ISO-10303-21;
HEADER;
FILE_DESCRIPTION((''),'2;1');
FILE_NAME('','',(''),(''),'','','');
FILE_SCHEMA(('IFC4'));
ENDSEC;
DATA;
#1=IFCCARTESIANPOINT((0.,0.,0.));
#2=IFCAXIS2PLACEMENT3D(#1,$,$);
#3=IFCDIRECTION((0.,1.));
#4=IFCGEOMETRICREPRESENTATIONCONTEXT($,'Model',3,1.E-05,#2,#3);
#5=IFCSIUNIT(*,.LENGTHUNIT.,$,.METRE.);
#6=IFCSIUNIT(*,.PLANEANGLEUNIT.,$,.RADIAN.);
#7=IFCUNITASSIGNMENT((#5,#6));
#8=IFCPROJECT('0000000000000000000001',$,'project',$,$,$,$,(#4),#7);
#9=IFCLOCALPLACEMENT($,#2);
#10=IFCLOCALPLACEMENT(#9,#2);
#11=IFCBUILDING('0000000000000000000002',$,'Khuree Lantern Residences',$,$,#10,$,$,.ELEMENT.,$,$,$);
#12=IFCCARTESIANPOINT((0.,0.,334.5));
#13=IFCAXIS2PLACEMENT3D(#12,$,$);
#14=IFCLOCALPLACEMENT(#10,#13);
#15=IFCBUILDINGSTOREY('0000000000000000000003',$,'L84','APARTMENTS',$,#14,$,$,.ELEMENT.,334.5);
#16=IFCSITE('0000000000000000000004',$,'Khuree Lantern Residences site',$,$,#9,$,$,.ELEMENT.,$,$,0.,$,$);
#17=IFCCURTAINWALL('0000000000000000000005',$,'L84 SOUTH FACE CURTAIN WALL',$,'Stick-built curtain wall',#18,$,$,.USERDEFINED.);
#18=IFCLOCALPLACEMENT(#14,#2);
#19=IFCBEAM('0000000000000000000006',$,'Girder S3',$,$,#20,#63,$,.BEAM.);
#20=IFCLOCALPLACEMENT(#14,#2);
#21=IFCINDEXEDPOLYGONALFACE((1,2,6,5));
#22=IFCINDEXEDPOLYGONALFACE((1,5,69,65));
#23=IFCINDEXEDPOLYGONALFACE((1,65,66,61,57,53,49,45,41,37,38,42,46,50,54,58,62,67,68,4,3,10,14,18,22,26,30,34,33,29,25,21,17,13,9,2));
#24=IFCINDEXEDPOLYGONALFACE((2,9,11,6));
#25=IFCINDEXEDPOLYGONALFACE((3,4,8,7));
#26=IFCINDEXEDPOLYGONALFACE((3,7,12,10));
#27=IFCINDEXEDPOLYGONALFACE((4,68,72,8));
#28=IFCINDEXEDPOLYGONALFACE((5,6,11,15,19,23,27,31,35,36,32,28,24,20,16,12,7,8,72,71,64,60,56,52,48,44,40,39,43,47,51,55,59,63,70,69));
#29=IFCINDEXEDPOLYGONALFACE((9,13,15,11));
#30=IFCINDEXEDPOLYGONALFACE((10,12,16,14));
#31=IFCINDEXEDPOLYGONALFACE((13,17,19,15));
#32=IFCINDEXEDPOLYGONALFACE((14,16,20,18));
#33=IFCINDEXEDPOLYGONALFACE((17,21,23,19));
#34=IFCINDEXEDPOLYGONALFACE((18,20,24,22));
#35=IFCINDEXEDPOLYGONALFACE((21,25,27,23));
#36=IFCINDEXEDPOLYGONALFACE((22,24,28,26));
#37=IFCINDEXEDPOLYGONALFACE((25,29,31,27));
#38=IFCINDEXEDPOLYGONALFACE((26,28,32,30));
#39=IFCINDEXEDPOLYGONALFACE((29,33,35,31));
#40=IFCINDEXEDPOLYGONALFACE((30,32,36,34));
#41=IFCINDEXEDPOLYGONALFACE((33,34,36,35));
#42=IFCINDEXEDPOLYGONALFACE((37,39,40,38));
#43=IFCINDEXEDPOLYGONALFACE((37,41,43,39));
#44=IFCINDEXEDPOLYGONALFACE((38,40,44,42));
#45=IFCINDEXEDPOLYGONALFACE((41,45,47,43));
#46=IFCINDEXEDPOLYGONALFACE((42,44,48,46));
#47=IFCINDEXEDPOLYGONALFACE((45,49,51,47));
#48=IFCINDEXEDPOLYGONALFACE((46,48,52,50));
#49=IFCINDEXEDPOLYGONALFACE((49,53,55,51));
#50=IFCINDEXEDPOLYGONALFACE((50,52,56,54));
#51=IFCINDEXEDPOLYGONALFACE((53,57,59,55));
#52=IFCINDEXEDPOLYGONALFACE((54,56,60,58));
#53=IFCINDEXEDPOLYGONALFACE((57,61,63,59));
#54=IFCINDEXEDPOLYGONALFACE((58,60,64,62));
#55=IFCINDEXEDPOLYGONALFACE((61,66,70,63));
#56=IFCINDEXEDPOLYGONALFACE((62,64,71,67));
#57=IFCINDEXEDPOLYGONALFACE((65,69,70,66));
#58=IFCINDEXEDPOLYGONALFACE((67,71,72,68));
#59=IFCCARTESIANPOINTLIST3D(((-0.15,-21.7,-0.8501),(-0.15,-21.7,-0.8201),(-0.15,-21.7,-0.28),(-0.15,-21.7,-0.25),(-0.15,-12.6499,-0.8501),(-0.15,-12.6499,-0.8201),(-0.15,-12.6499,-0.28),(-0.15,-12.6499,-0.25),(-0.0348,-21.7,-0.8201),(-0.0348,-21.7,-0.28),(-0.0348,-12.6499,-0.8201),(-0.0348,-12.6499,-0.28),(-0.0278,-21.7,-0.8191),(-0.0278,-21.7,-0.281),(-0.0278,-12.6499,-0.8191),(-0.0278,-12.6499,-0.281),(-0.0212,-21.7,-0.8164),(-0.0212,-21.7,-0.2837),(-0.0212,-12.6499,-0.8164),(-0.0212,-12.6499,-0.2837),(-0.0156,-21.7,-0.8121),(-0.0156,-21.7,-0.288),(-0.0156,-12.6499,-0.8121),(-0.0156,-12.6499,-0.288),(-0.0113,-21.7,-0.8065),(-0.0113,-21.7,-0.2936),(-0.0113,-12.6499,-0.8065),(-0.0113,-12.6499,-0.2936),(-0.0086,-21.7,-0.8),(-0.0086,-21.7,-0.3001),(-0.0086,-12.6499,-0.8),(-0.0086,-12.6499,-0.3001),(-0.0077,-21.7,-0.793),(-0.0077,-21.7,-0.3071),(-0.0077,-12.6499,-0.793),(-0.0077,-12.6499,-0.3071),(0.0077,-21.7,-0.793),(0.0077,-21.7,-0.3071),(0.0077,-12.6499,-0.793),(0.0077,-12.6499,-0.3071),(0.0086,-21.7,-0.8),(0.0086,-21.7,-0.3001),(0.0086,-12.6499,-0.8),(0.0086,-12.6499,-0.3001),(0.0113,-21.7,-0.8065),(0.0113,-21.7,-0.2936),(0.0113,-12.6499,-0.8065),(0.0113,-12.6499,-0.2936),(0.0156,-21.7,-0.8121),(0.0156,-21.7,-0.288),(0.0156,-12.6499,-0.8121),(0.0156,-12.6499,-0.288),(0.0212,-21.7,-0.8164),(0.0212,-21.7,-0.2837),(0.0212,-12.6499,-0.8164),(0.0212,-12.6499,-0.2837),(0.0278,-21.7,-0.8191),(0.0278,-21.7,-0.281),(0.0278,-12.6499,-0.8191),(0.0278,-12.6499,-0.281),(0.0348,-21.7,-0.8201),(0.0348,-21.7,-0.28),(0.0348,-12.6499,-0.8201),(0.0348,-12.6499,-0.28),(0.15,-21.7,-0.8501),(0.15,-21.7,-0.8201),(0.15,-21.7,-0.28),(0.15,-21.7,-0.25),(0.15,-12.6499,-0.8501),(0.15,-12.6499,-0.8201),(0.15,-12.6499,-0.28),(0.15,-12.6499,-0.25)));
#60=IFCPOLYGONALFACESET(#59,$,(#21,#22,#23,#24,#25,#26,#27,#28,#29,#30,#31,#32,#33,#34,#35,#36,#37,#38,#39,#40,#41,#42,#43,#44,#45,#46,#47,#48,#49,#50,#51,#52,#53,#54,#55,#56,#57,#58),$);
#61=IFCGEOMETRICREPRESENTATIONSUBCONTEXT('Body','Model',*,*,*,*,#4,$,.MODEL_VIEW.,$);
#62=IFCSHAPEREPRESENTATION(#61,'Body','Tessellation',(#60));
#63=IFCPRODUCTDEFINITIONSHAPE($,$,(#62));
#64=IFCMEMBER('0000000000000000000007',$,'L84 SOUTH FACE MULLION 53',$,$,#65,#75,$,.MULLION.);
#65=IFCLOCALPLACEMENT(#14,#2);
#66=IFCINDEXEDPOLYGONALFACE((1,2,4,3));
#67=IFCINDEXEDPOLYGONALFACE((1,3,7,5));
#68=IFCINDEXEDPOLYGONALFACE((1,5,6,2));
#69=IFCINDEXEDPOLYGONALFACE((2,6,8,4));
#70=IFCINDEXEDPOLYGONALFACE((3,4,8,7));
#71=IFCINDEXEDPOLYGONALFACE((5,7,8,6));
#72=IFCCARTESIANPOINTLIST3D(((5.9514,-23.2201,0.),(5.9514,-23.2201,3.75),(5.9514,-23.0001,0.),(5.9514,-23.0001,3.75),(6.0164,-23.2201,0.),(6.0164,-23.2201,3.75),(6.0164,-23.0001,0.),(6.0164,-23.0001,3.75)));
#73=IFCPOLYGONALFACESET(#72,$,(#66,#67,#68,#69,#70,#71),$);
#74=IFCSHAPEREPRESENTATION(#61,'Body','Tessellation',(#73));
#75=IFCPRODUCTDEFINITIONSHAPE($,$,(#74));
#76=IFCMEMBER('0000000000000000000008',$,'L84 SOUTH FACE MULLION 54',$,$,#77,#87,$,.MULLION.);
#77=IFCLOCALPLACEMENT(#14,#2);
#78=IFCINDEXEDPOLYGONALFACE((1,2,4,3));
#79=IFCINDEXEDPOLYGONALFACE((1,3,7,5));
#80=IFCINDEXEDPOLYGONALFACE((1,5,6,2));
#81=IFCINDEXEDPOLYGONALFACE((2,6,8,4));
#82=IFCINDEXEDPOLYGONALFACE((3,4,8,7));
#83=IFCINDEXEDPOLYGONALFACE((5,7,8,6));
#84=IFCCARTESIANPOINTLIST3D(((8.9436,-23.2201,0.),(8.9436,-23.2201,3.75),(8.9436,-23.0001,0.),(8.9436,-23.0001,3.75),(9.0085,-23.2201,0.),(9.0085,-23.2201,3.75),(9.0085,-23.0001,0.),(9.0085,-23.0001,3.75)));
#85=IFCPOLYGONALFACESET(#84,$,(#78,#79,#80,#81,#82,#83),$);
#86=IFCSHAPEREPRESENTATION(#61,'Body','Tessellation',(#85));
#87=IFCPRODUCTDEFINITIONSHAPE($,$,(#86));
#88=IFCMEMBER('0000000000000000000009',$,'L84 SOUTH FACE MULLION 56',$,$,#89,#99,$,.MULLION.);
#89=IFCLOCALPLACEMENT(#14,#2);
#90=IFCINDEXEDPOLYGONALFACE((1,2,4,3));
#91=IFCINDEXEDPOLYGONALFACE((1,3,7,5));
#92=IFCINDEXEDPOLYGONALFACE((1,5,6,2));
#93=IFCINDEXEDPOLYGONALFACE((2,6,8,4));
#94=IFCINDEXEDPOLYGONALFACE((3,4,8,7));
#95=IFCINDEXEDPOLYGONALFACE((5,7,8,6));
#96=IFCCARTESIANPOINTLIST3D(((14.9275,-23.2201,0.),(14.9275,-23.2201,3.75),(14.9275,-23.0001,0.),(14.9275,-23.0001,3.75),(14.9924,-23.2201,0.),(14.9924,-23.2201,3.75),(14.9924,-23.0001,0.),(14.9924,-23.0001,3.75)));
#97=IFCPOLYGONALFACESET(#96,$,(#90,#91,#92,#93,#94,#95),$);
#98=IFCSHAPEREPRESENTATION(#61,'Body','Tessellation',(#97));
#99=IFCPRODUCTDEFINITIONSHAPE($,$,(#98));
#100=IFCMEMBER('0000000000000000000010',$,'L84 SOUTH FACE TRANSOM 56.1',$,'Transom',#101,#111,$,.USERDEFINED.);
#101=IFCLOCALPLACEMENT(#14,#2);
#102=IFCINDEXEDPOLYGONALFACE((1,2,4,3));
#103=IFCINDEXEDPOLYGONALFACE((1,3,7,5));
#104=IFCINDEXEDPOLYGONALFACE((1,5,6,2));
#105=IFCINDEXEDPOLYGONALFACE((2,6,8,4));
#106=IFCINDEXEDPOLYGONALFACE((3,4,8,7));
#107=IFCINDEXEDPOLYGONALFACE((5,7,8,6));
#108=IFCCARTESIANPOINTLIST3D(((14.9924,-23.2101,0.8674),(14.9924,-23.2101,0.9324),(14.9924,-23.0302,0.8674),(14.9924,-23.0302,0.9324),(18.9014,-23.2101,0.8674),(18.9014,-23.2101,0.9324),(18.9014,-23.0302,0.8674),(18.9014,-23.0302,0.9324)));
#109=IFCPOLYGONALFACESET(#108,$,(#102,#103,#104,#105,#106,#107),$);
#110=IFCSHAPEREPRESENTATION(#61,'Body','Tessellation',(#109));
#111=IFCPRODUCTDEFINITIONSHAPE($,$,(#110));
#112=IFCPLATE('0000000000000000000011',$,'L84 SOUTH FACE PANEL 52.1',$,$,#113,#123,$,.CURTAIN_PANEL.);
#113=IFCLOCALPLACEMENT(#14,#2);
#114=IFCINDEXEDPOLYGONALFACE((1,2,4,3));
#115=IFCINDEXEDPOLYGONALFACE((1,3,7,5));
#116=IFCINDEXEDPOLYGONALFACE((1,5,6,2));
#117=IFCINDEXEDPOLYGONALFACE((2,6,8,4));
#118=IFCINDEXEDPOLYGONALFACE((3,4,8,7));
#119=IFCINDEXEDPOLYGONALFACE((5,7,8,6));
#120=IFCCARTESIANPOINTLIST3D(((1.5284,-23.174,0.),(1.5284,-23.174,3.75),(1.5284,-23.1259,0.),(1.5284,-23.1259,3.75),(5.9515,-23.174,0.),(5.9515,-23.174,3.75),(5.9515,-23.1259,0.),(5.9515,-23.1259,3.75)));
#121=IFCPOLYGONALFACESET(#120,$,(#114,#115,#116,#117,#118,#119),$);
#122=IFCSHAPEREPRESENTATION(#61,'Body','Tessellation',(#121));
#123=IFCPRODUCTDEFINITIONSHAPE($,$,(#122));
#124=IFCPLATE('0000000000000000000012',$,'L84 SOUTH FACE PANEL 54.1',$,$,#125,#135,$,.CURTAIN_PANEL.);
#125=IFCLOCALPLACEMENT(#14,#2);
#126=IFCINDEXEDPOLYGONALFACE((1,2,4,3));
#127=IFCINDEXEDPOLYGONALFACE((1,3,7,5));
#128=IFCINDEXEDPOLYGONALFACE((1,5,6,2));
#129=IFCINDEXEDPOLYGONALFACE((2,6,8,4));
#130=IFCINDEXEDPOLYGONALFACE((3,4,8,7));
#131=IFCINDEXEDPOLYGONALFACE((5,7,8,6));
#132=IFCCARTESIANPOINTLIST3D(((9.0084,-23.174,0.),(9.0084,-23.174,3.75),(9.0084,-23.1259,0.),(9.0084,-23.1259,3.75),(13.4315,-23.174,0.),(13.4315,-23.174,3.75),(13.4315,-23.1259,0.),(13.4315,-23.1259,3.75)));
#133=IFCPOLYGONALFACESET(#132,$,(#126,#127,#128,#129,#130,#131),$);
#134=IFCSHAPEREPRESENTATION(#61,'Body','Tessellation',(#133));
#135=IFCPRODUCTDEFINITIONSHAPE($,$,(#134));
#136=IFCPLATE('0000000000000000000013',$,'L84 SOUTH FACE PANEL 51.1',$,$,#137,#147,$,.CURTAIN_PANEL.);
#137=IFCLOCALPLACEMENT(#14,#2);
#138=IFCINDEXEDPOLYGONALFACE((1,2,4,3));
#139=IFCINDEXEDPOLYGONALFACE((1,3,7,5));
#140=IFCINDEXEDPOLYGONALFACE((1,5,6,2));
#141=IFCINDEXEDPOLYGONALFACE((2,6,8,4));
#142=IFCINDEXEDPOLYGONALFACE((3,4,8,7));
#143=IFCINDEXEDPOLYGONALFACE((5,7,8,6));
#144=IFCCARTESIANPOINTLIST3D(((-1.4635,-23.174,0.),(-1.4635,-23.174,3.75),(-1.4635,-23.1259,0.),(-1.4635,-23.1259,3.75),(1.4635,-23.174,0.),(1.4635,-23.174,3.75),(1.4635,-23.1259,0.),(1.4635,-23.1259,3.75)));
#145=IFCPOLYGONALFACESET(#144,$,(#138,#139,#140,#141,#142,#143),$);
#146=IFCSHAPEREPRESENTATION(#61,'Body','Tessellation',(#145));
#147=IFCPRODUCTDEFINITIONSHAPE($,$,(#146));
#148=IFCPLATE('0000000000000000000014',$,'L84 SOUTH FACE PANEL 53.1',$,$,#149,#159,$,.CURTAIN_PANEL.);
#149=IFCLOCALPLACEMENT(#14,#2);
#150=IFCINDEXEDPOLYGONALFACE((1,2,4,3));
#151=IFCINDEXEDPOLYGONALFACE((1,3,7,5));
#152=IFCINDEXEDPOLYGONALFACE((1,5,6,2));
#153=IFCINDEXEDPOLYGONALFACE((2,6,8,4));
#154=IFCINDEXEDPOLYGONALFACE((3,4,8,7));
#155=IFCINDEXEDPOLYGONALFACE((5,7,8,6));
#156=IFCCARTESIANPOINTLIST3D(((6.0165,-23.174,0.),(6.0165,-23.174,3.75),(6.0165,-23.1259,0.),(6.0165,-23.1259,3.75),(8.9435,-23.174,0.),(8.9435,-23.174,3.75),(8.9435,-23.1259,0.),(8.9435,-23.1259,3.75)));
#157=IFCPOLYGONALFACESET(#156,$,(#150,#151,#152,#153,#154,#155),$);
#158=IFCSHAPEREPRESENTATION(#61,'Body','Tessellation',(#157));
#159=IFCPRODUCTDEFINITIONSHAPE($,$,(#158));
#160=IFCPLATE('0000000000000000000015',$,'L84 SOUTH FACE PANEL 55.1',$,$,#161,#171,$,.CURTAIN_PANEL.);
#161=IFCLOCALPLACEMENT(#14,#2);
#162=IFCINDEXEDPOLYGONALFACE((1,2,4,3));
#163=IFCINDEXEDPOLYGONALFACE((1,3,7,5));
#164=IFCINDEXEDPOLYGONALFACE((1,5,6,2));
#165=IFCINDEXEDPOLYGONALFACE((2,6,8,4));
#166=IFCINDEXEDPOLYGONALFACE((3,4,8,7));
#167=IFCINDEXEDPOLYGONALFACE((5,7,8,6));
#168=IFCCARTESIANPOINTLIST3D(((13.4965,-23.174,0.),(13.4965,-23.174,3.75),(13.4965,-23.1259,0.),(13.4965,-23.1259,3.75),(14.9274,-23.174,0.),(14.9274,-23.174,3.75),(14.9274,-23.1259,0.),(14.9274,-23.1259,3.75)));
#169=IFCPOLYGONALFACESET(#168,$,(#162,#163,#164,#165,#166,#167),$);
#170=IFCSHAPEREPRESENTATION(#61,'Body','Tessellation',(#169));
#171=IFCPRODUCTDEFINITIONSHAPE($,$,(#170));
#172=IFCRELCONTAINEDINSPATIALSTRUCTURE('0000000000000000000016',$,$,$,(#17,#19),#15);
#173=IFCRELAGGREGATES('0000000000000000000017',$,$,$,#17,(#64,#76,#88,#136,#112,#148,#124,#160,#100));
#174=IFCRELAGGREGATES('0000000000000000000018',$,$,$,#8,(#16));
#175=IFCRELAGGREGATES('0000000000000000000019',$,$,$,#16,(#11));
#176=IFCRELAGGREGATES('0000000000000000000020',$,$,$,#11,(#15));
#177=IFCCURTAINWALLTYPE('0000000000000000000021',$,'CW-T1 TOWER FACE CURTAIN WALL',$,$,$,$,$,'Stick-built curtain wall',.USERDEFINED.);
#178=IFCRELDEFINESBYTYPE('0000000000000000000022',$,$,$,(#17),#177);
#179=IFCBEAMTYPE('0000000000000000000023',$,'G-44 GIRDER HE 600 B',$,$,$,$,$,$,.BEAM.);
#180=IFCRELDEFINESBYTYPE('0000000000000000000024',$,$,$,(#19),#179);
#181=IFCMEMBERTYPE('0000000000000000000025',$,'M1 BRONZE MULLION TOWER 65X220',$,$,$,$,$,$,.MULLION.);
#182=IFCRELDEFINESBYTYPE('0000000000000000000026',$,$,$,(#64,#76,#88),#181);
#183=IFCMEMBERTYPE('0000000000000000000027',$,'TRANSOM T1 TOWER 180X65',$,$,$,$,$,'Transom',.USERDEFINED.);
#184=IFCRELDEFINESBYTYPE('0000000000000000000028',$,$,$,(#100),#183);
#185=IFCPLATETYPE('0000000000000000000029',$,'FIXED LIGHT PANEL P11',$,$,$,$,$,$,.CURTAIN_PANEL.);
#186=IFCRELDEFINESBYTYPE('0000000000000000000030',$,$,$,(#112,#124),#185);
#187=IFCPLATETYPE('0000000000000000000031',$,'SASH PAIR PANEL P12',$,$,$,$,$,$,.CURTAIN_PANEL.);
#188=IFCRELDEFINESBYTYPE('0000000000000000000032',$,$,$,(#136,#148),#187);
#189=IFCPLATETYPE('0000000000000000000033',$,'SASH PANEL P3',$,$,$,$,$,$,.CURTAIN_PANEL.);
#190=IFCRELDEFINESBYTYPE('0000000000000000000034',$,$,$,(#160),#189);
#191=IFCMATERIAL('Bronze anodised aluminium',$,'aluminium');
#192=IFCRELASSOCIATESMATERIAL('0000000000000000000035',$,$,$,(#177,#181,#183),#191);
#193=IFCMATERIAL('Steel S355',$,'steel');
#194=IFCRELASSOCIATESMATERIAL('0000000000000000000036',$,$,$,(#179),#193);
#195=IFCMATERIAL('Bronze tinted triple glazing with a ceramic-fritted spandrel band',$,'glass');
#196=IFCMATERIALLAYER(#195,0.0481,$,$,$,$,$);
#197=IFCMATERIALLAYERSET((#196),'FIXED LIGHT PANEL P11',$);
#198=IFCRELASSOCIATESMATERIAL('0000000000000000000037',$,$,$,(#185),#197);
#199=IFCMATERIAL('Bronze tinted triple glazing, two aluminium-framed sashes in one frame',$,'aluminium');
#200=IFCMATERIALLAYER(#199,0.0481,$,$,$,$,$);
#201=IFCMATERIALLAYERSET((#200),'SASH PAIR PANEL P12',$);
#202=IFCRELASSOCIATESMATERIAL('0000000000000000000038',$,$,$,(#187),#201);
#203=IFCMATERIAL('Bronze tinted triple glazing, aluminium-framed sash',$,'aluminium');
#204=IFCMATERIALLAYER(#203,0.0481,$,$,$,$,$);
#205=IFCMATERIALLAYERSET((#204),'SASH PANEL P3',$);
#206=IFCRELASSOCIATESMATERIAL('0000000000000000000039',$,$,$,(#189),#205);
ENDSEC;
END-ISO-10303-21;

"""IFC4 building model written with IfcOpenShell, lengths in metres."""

from ifc_helpers import new_model, si_unit, direction, frame, origin, origin_2d, place, context, subcontext, project, spatial, rectangle, i_section, extrude, material, layer, layer_set, material_profile, profile_set, type_object, element, aggregate, save


model = new_model("IFC4")

# Units and contexts
model_context = context("Model", 3, precision=1e-05, world=origin(), true_north=direction((0.0, 1.0)))
body_context = subcontext(model_context, "Body", "Model", "MODEL_VIEW")
ifc_project = project(units=[si_unit("LENGTHUNIT", "METRE"), si_unit("PLANEANGLEUNIT", "RADIAN")], contexts=[model_context])

# Site, building, storey
site_placement = place(None, origin())
site = spatial("IfcSite", under=ifc_project, at=site_placement, Name="Khuree Lantern Residences site", CompositionType="ELEMENT", RefElevation=0.0)
building_placement = place(site_placement, origin())
building = spatial("IfcBuilding", under=site, at=building_placement, Name="Khuree Lantern Residences", CompositionType="ELEMENT")
storey_placement = place(building_placement, frame((0.0, 0.0, 334.5)))
storey = spatial("IfcBuildingStorey", under=building, at=storey_placement, Name="L84", Description="APARTMENTS", CompositionType="ELEMENT", Elevation=334.5)

# Shared definitions
ifc_material_1 = material(Name="Steel S355", Category="steel")

# Curtain wall
ifc_material_2 = material(Name="Bronze anodised aluminium", Category="aluminium")
curtain_wall_type = type_object("IfcCurtainWallType", Name="CW-T1 TOWER FACE CURTAIN WALL", ElementType="Stick-built curtain wall", PredefinedType="USERDEFINED", material=ifc_material_2)
curtain_wall_placement = place(storey_placement, origin())
curtain_wall = element("IfcCurtainWall", 1, at=curtain_wall_placement, inside=storey, type_object=curtain_wall_type, Name="L84 SOUTH FACE CURTAIN WALL", ObjectType="Stick-built curtain wall", PredefinedType="USERDEFINED")

# Beam
ifc_material_profile_1 = material_profile(ifc_material_1, i_section(OverallWidth=0.3, OverallDepth=0.6001, WebThickness=0.0154, FlangeThickness=0.03, FilletRadius=0.0271, at=origin_2d()), Name="HE 600 B")
ifc_profile_set_1 = profile_set([ifc_material_profile_1], Name="Steel S355")
beam_type_1 = type_object("IfcBeamType", Name="G-44 GIRDER HE 600 B", PredefinedType="BEAM", material=ifc_profile_set_1)
for number, where, z_axis, x_axis, name in (
    (2, (0.0, -21.7, -0.55), (0.0, 1.0, 0.0), (-1.0, 0.0, 0.0), "Girder S3"),
):
    element("IfcBeam", number, at=place(storey_placement, frame(where, z_axis=z_axis, x_axis=x_axis)), inside=storey, type_object=beam_type_1, Name=name, PredefinedType="BEAM", context=body_context, shape_type="SweptSolid", body=[
        extrude(i_section(OverallWidth=0.3, OverallDepth=0.6001, WebThickness=0.0154, FlangeThickness=0.03, FilletRadius=0.0271, at=origin_2d()), origin(), (0.0, 0.0, 1.0), 9.05),
    ])

# Members
ifc_material_profile_2 = material_profile(ifc_material_2, rectangle(XDim=0.0649, YDim=0.22, at=origin_2d()), Name="M1 65X220")
ifc_profile_set_2 = profile_set([ifc_material_profile_2], Name="Bronze anodised aluminium")
member_type_1 = type_object("IfcMemberType", Name="M1 BRONZE MULLION TOWER 65X220", PredefinedType="MULLION", material=ifc_profile_set_2)
member_1_placement = place(storey_placement, frame((5.9839, -23.1101, 0.0), z_axis=(0.0, 0.0, 1.0), x_axis=(1.0, 0.0, 0.0)))
member_1 = element("IfcMember", 3, at=member_1_placement, type_object=member_type_1, Name="L84 SOUTH FACE MULLION 53", PredefinedType="MULLION", context=body_context, shape_type="SweptSolid", body=[
    extrude(rectangle(XDim=0.0649, YDim=0.22, at=origin_2d()), origin(), (0.0, 0.0, 1.0), 3.75),
])
member_2_placement = place(storey_placement, frame((8.9761, -23.1101, 0.0), z_axis=(0.0, 0.0, 1.0), x_axis=(1.0, 0.0, 0.0)))
member_2 = element("IfcMember", 4, at=member_2_placement, type_object=member_type_1, Name="L84 SOUTH FACE MULLION 54", PredefinedType="MULLION", context=body_context, shape_type="SweptSolid", body=[
    extrude(rectangle(XDim=0.0649, YDim=0.22, at=origin_2d()), origin(), (0.0, 0.0, 1.0), 3.75),
])
member_3_placement = place(storey_placement, frame((14.96, -23.1101, 0.0), z_axis=(0.0, 0.0, 1.0), x_axis=(1.0, 0.0, 0.0)))
member_3 = element("IfcMember", 5, at=member_3_placement, type_object=member_type_1, Name="L84 SOUTH FACE MULLION 56", PredefinedType="MULLION", context=body_context, shape_type="SweptSolid", body=[
    extrude(rectangle(XDim=0.0649, YDim=0.22, at=origin_2d()), origin(), (0.0, 0.0, 1.0), 3.75),
])
ifc_material_profile_3 = material_profile(ifc_material_2, rectangle(XDim=0.1799, YDim=0.0649, at=origin_2d()), Name="T1 180X65")
ifc_profile_set_3 = profile_set([ifc_material_profile_3], Name="Bronze anodised aluminium")
member_type_2 = type_object("IfcMemberType", Name="TRANSOM T1 TOWER 180X65", ElementType="Transom", PredefinedType="USERDEFINED", material=ifc_profile_set_3)
member_4_placement = place(storey_placement, frame((14.9924, -23.1201, 0.8999), z_axis=(1.0, 0.0, 0.0), x_axis=(0.0, 1.0, 0.0)))
member_4 = element("IfcMember", 6, at=member_4_placement, type_object=member_type_2, Name="L84 SOUTH FACE TRANSOM 56.1", ObjectType="Transom", PredefinedType="USERDEFINED", context=body_context, shape_type="SweptSolid", body=[
    extrude(rectangle(XDim=0.1799, YDim=0.0649, at=origin_2d()), origin(), (0.0, 0.0, 1.0), 3.9089),
])

# Plates
ifc_material_3 = material(Name="Bronze tinted triple glazing with a ceramic-fritted spandrel band", Category="glass")
ifc_layer_1 = layer(ifc_material_3, 0.0481)
ifc_layer_set_1 = layer_set([ifc_layer_1], Name="FIXED LIGHT PANEL P11")
plate_type_1 = type_object("IfcPlateType", Name="FIXED LIGHT PANEL P11", PredefinedType="CURTAIN_PANEL", material=ifc_layer_set_1)
plate_1_placement = place(storey_placement, frame((3.74, -23.1499, 0.0), z_axis=(0.0, 0.0, 1.0), x_axis=(1.0, 0.0, 0.0)))
plate_1 = element("IfcPlate", 7, at=plate_1_placement, type_object=plate_type_1, Name="L84 SOUTH FACE PANEL 52.1", PredefinedType="CURTAIN_PANEL", context=body_context, shape_type="SweptSolid", body=[
    extrude(rectangle(XDim=4.4231, YDim=0.0481, at=origin_2d()), origin(), (0.0, 0.0, 1.0), 3.75),
])
plate_2_placement = place(storey_placement, frame((11.22, -23.1499, 0.0), z_axis=(0.0, 0.0, 1.0), x_axis=(1.0, 0.0, 0.0)))
plate_2 = element("IfcPlate", 8, at=plate_2_placement, type_object=plate_type_1, Name="L84 SOUTH FACE PANEL 54.1", PredefinedType="CURTAIN_PANEL", context=body_context, shape_type="SweptSolid", body=[
    extrude(rectangle(XDim=4.4231, YDim=0.0481, at=origin_2d()), origin(), (0.0, 0.0, 1.0), 3.75),
])
ifc_material_4 = material(Name="Bronze tinted triple glazing, two aluminium-framed sashes in one frame", Category="aluminium")
ifc_layer_2 = layer(ifc_material_4, 0.0481)
ifc_layer_set_2 = layer_set([ifc_layer_2], Name="SASH PAIR PANEL P12")
plate_type_2 = type_object("IfcPlateType", Name="SASH PAIR PANEL P12", PredefinedType="CURTAIN_PANEL", material=ifc_layer_set_2)
plate_3_placement = place(storey_placement, frame((0.0, -23.1499, 0.0), z_axis=(0.0, 0.0, 1.0), x_axis=(1.0, 0.0, 0.0)))
plate_3 = element("IfcPlate", 9, at=plate_3_placement, type_object=plate_type_2, Name="L84 SOUTH FACE PANEL 51.1", PredefinedType="CURTAIN_PANEL", context=body_context, shape_type="SweptSolid", body=[
    extrude(rectangle(XDim=2.927, YDim=0.0481, at=origin_2d()), origin(), (0.0, 0.0, 1.0), 3.75),
])
plate_4_placement = place(storey_placement, frame((7.48, -23.1499, 0.0), z_axis=(0.0, 0.0, 1.0), x_axis=(1.0, 0.0, 0.0)))
plate_4 = element("IfcPlate", 10, at=plate_4_placement, type_object=plate_type_2, Name="L84 SOUTH FACE PANEL 53.1", PredefinedType="CURTAIN_PANEL", context=body_context, shape_type="SweptSolid", body=[
    extrude(rectangle(XDim=2.927, YDim=0.0481, at=origin_2d()), origin(), (0.0, 0.0, 1.0), 3.75),
])
ifc_material_5 = material(Name="Bronze tinted triple glazing, aluminium-framed sash", Category="aluminium")
ifc_layer_3 = layer(ifc_material_5, 0.0481)
ifc_layer_set_3 = layer_set([ifc_layer_3], Name="SASH PANEL P3")
plate_type_3 = type_object("IfcPlateType", Name="SASH PANEL P3", PredefinedType="CURTAIN_PANEL", material=ifc_layer_set_3)
plate_5_placement = place(storey_placement, frame((14.2119, -23.1499, 0.0), z_axis=(0.0, 0.0, 1.0), x_axis=(1.0, 0.0, 0.0)))
plate_5 = element("IfcPlate", 11, at=plate_5_placement, type_object=plate_type_3, Name="L84 SOUTH FACE PANEL 55.1", PredefinedType="CURTAIN_PANEL", context=body_context, shape_type="SweptSolid", body=[
    extrude(rectangle(XDim=1.4309, YDim=0.0481, at=origin_2d()), origin(), (0.0, 0.0, 1.0), 3.75),
])
aggregate(curtain_wall, [member_1, member_2, member_3, plate_3, plate_1, plate_4, plate_2, plate_5, member_4])

save(model, "model.ifc")
